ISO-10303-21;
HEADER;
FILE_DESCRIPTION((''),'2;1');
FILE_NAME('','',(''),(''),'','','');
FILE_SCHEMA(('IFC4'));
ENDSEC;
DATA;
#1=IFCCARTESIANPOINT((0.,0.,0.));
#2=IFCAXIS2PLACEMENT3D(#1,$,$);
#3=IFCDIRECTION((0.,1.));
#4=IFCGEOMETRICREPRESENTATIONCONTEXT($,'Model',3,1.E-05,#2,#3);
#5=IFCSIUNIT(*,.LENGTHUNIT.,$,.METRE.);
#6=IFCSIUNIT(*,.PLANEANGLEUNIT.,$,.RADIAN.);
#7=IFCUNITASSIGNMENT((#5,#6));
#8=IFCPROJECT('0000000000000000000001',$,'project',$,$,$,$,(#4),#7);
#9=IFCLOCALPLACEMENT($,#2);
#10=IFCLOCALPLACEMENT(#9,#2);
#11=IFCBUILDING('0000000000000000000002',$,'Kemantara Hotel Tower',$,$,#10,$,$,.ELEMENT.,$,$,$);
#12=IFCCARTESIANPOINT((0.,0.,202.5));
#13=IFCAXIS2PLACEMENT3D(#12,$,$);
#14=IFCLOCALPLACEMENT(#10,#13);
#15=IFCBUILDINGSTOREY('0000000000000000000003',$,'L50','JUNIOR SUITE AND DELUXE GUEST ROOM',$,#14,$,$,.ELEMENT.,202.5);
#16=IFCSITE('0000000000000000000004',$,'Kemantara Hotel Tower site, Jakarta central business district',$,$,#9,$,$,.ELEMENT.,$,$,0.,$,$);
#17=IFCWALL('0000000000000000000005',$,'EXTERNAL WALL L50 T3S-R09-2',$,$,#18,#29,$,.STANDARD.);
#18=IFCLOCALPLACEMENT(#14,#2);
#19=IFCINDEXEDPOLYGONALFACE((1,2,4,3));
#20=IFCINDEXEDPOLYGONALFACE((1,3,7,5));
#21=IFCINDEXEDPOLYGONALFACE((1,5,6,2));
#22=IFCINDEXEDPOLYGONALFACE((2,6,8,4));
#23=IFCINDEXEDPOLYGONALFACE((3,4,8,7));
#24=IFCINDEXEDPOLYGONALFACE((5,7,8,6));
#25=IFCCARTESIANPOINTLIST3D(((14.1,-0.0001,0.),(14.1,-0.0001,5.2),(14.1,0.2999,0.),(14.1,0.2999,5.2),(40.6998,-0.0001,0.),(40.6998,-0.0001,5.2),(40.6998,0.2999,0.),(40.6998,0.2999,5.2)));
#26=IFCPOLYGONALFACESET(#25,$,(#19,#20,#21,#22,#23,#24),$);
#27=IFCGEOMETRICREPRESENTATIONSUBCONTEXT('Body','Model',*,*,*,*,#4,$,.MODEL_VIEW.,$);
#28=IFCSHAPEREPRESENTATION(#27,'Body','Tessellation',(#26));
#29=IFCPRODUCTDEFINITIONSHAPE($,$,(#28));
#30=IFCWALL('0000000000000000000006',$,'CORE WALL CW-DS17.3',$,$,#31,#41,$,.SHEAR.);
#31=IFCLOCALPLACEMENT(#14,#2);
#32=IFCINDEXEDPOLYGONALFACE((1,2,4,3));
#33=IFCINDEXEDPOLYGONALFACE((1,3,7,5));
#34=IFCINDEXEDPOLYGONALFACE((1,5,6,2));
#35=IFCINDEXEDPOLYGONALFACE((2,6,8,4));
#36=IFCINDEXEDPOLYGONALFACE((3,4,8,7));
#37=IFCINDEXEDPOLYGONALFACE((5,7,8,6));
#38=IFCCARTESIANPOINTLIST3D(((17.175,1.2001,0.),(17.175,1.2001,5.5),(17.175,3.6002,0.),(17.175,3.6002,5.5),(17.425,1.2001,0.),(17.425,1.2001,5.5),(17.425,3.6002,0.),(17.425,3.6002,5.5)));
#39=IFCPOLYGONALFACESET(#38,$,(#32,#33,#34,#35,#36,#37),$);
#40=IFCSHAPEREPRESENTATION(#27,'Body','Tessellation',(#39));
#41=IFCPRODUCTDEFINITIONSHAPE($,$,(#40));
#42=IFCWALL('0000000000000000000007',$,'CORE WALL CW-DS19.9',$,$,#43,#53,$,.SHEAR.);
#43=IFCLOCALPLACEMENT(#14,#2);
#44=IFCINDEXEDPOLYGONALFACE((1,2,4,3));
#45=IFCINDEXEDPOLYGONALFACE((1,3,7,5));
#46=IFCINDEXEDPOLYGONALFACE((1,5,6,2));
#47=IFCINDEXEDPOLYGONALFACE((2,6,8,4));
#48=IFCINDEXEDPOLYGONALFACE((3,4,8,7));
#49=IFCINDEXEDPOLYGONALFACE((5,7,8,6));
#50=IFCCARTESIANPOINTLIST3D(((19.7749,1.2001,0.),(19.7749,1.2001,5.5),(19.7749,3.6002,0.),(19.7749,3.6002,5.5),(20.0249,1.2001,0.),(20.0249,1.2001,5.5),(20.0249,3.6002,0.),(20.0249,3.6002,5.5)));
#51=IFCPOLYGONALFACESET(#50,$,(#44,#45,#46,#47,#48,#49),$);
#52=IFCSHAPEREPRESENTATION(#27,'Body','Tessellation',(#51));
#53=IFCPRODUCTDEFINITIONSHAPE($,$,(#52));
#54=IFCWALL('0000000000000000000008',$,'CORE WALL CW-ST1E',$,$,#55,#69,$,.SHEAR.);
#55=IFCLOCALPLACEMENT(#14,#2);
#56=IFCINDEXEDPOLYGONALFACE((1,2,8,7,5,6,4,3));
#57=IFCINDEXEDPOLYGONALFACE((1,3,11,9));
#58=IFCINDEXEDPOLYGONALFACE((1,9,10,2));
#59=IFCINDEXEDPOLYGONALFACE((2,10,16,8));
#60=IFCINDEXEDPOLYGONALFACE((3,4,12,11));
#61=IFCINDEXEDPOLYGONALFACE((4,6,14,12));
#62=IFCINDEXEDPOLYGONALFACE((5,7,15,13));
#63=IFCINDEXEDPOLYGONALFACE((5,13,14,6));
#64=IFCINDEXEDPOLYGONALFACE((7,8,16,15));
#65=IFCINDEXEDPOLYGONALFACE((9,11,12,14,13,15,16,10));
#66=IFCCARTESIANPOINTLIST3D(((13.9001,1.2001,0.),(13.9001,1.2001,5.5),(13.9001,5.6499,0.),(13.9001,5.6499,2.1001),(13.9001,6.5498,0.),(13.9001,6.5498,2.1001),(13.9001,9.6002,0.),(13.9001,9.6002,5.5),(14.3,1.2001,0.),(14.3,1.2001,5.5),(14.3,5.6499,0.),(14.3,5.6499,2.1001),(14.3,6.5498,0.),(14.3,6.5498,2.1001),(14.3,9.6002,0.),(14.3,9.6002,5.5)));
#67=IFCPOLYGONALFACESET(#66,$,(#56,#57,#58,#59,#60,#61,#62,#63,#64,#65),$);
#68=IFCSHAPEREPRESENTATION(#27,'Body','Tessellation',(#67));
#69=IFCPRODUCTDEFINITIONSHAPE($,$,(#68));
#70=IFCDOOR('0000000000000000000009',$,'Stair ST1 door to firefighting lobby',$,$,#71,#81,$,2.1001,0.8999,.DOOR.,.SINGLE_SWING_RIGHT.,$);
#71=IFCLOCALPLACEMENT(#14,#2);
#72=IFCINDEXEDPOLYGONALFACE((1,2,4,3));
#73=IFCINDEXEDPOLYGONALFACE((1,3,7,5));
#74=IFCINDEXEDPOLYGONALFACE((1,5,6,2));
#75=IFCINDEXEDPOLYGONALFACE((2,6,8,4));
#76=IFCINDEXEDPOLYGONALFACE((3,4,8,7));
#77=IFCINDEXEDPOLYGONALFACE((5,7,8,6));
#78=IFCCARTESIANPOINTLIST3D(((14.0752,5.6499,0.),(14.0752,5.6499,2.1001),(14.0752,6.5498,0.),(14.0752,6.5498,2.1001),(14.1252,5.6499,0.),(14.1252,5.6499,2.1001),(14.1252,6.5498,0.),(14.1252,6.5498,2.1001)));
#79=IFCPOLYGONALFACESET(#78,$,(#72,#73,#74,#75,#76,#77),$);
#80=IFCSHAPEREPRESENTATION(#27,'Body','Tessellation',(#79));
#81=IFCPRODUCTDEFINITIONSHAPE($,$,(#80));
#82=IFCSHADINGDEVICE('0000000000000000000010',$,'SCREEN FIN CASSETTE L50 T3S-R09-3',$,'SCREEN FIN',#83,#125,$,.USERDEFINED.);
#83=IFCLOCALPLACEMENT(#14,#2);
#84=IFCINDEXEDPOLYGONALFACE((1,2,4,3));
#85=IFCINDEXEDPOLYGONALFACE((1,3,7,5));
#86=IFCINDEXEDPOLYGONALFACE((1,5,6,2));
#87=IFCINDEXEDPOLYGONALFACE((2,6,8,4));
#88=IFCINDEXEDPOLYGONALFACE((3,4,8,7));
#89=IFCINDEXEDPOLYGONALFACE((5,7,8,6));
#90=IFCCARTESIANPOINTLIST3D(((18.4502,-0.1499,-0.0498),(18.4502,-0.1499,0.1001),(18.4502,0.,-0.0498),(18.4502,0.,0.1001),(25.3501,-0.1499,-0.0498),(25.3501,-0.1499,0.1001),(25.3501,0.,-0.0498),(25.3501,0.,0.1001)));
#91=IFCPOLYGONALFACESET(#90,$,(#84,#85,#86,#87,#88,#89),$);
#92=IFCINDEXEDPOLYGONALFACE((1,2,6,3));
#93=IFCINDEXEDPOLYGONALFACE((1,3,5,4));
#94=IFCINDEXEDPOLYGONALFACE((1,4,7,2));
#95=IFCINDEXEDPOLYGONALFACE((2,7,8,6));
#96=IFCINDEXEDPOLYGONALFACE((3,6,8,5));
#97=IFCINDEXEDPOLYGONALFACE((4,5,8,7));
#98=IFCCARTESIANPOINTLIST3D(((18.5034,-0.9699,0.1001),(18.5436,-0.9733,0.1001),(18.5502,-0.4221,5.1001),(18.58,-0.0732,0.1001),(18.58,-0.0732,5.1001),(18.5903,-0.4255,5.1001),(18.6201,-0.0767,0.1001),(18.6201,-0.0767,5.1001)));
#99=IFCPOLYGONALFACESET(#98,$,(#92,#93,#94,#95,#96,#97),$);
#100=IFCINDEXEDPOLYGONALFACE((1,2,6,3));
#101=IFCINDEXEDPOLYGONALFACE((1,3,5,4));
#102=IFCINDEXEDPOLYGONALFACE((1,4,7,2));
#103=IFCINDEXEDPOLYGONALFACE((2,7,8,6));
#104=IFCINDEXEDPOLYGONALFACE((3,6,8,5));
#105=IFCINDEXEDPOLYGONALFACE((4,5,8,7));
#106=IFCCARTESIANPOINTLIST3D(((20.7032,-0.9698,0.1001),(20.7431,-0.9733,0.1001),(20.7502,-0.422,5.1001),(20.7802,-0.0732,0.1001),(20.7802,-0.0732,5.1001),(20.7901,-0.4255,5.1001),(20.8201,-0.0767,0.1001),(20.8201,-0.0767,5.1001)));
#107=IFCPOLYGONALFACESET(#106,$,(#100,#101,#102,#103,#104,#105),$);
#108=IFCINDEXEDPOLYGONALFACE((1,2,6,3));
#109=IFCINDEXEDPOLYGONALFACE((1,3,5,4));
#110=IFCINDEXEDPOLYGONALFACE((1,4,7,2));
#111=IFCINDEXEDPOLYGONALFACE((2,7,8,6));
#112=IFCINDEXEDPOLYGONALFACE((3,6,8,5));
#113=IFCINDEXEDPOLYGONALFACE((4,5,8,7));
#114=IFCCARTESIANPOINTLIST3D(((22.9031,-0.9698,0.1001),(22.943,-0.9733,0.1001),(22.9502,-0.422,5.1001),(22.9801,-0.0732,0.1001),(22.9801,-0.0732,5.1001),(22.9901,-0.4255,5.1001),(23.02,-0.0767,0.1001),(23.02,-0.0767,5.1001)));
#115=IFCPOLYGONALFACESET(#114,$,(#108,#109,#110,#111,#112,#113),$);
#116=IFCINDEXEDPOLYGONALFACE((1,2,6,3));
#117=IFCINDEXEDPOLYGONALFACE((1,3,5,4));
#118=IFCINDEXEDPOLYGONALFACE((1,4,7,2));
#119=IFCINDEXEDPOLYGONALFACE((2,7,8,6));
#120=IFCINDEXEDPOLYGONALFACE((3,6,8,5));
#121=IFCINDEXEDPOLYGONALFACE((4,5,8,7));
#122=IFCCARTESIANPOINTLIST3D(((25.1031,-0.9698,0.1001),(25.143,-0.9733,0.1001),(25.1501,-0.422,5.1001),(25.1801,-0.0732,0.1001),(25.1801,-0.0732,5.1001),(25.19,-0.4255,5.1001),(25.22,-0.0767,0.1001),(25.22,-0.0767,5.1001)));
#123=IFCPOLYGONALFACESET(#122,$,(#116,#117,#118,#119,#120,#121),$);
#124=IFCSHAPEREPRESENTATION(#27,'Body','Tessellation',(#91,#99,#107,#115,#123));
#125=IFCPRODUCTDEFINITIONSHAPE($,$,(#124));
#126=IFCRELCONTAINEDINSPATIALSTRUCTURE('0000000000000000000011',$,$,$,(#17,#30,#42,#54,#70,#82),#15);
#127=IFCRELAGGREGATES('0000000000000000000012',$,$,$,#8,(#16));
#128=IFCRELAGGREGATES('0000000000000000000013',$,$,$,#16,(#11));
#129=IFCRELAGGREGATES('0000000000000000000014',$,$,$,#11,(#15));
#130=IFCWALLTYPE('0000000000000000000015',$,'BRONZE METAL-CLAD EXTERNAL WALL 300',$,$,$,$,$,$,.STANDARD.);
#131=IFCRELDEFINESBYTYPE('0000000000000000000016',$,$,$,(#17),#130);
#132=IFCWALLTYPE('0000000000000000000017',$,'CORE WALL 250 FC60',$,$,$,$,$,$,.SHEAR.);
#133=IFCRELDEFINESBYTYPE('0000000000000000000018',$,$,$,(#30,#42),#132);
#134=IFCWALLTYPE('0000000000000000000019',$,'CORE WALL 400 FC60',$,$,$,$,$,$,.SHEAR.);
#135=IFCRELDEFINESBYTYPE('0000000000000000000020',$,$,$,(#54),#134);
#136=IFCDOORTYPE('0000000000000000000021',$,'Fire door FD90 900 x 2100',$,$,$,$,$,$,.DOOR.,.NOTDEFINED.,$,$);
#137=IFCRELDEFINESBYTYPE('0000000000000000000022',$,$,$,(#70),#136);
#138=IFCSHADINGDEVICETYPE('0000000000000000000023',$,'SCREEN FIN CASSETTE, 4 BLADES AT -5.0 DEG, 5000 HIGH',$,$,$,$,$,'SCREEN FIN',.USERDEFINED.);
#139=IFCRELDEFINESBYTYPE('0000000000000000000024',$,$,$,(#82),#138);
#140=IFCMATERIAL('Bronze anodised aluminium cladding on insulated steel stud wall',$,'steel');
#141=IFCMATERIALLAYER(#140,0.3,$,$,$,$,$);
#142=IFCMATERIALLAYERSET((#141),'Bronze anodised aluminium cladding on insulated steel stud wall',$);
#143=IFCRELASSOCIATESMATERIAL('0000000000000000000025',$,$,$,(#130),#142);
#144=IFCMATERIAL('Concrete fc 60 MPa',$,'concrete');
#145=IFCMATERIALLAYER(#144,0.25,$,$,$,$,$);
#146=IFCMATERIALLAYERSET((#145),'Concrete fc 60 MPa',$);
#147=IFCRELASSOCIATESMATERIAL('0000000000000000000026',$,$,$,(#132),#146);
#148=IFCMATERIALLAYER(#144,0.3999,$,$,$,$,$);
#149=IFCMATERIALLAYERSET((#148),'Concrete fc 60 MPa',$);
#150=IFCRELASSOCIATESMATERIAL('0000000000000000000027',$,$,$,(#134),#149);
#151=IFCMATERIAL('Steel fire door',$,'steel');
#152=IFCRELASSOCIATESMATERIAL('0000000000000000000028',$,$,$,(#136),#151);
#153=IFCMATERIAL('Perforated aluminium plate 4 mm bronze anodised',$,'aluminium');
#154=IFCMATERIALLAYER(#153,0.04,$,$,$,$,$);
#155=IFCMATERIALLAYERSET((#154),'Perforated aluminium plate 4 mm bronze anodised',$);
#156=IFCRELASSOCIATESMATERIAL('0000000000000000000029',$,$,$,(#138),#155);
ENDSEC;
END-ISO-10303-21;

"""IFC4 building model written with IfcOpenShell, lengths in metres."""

from ifc_helpers import new_model, si_unit, direction, frame, frame_2d, origin, origin_2d, place, context, subcontext, project, spatial, polyline, rectangle, outline, extrude, source, transform, mapped, material, layer, layer_set, type_object, element, fill, save


model = new_model("IFC4")

# Units and contexts
model_context = context("Model", 3, precision=1e-05, world=origin(), true_north=direction((0.0, 1.0)))
body_context = subcontext(model_context, "Body", "Model", "MODEL_VIEW")
ifc_project = project(units=[si_unit("LENGTHUNIT", "METRE"), si_unit("PLANEANGLEUNIT", "RADIAN")], contexts=[model_context])

# Site, building, storey
site_placement = place(None, origin())
site = spatial("IfcSite", under=ifc_project, at=site_placement, Name="Kemantara Hotel Tower site, Jakarta central business district", CompositionType="ELEMENT", RefElevation=0.0)
building_placement = place(site_placement, origin())
building = spatial("IfcBuilding", under=site, at=building_placement, Name="Kemantara Hotel Tower", CompositionType="ELEMENT")
storey_placement = place(building_placement, frame((0.0, 0.0, 202.5)))
storey = spatial("IfcBuildingStorey", under=building, at=storey_placement, Name="L50", Description="JUNIOR SUITE AND DELUXE GUEST ROOM", CompositionType="ELEMENT", Elevation=202.5)

# Walls
ifc_material_1 = material(Name="Bronze anodised aluminium cladding on insulated steel stud wall", Category="steel")
ifc_layer_1 = layer(ifc_material_1, 0.3)
ifc_layer_set_1 = layer_set([ifc_layer_1], Name="Bronze anodised aluminium cladding on insulated steel stud wall")
wall_type_1 = type_object("IfcWallType", Name="BRONZE METAL-CLAD EXTERNAL WALL 300", PredefinedType="STANDARD", material=ifc_layer_set_1)
wall_1_placement = place(storey_placement, frame((14.1001, 0.1499, 0.0), z_axis=(0.0, 0.0, 1.0), x_axis=(1.0, 0.0, 0.0)))
element("IfcWall", 1, at=wall_1_placement, inside=storey, type_object=wall_type_1, Name="EXTERNAL WALL L50 T3S-R09-2", PredefinedType="STANDARD", context=body_context, shape_type="SweptSolid", body=[
    extrude(rectangle(XDim=26.5999, YDim=0.3, at=frame_2d((13.2998, 0.0))), origin(), (0.0, 0.0, 1.0), 5.2),
])
ifc_material_2 = material(Name="Concrete fc 60 MPa", Category="concrete")
ifc_layer_2 = layer(ifc_material_2, 0.25)
ifc_layer_set_2 = layer_set([ifc_layer_2], Name="Concrete fc 60 MPa")
wall_type_2 = type_object("IfcWallType", Name="CORE WALL 250 FC60", PredefinedType="SHEAR", material=ifc_layer_set_2)
for number, where, z_axis, x_axis, name in (
    (2, (17.3, 1.2, 0.0), (0.0, 0.0, 1.0), (0.0, 1.0, 0.0), "CORE WALL CW-DS17.3"),
    (3, (19.8999, 1.2, 0.0), (0.0, 0.0, 1.0), (0.0, 1.0, 0.0), "CORE WALL CW-DS19.9"),
):
    element("IfcWall", number, at=place(storey_placement, frame(where, z_axis=z_axis, x_axis=x_axis)), inside=storey, type_object=wall_type_2, Name=name, PredefinedType="SHEAR", context=body_context, shape_type="SweptSolid", body=[
        extrude(rectangle(XDim=2.4001, YDim=0.25, at=frame_2d((1.2002, 0.0))), origin(), (0.0, 0.0, 1.0), 5.5),
    ])

# Wall, opening, door
ifc_layer_3 = layer(ifc_material_2, 0.3999)
ifc_layer_set_3 = layer_set([ifc_layer_3], Name="Concrete fc 60 MPa")
wall_type_3 = type_object("IfcWallType", Name="CORE WALL 400 FC60", PredefinedType="SHEAR", material=ifc_layer_set_3)
wall_2_placement = place(storey_placement, frame((14.1001, 1.2, 0.0), z_axis=(0.0, 0.0, 1.0), x_axis=(0.0, 1.0, 0.0)))
wall_2 = element("IfcWall", 4, at=wall_2_placement, inside=storey, type_object=wall_type_3, Name="CORE WALL CW-ST1E", PredefinedType="SHEAR", context=body_context, shape_type="SweptSolid", body=[
    extrude(rectangle(XDim=8.4001, YDim=0.3999, at=frame_2d((4.2002, 0.0))), origin(), (0.0, 0.0, 1.0), 5.5),
])
opening_placement = place(wall_2_placement, frame((4.45, 0.0, 0.0)))
opening = element("IfcOpeningElement", 5, at=opening_placement, cuts=wall_2, PredefinedType="OPENING", context=body_context, shape_type="SweptSolid", body=[
    extrude(rectangle(XDim=0.8999, YDim=2.1001, at=frame_2d((0.45, 1.05))), frame((0.0, 0.21, 0.0), z_axis=(0.0, -1.0, 0.0), x_axis=(1.0, 0.0, 0.0)), (0.0, 0.0, 1.0), 0.4199),
])
ifc_material_3 = material(Name="Steel fire door", Category="steel")
door_type = type_object("IfcDoorType", Name="Fire door FD90 900 x 2100", OperationType="NOTDEFINED", PredefinedType="DOOR", material=ifc_material_3)
door_placement = place(opening_placement, origin())
door = element("IfcDoor", 6, at=door_placement, inside=storey, type_object=door_type, Name="Stair ST1 door to firefighting lobby", OperationType="SINGLE_SWING_RIGHT", OverallHeight=2.1001, OverallWidth=0.8999, PredefinedType="DOOR", context=body_context, shape_type="SweptSolid", body=[
    extrude(rectangle(XDim=0.8999, YDim=2.1001, at=frame_2d((0.45, 1.05))), frame((0.0, 0.0249, 0.0), z_axis=(0.0, -1.0, 0.0), x_axis=(1.0, 0.0, 0.0)), (0.0, 0.0, 1.0), 0.05),
])
fill(opening, door)

# Shading device
ifc_material_4 = material(Name="Perforated aluminium plate 4 mm bronze anodised", Category="aluminium")
ifc_layer_4 = layer(ifc_material_4, 0.04)
ifc_layer_set_4 = layer_set([ifc_layer_4], Name="Perforated aluminium plate 4 mm bronze anodised")
shading_device_type = type_object("IfcShadingDeviceType", Name="SCREEN FIN CASSETTE, 4 BLADES AT -5.0 DEG, 5000 HIGH", ElementType="SCREEN FIN", PredefinedType="USERDEFINED", material=ifc_layer_set_4)
shared_shape = source(origin(), body_context, "Body", "SweptSolid", [
    extrude(rectangle(XDim=6.8999, YDim=0.1499, at=origin_2d()), frame((3.3, -0.075, -0.1499), z_axis=(0.0, 0.0, 1.0), x_axis=(1.0, 0.0, 0.0)), (0.0, 0.0, 1.0), 0.1499),
    extrude(outline(polyline([(0.0, 0.0), (0.8999, 0.0), (0.3501, 5.0), (0.0, 5.0), (0.0, 0.0)])), frame((0.02, -0.0767, 0.0), z_axis=(-0.996376, 0.085056, 0.0), x_axis=(-0.085056, -0.996376, 0.0)), (0.0, 0.0, 1.0), 0.0403),
    extrude(outline(polyline([(0.0, 0.0), (0.8999, 0.0), (0.3501, 5.0), (0.0, 5.0), (0.0, 0.0)])), frame((2.22, -0.0767, 0.0), z_axis=(-0.996332, 0.085575, 0.0), x_axis=(-0.085575, -0.996332, 0.0)), (0.0, 0.0, 1.0), 0.04),
    extrude(outline(polyline([(0.0, 0.0), (0.8999, 0.0), (0.3501, 5.0), (0.0, 5.0), (0.0, 0.0)])), frame((4.4199, -0.0767, 0.0), z_axis=(-0.996332, 0.085575, 0.0), x_axis=(-0.085575, -0.996332, 0.0)), (0.0, 0.0, 1.0), 0.04),
    extrude(outline(polyline([(0.0, 0.0), (0.8999, 0.0), (0.3501, 5.0), (0.0, 5.0), (0.0, 0.0)])), frame((6.6199, -0.0767, 0.0), z_axis=(-0.996332, 0.085575, 0.0), x_axis=(-0.085575, -0.996332, 0.0)), (0.0, 0.0, 1.0), 0.04),
])
shading_device_placement = place(storey_placement, frame((18.6001, 0.0, 0.1001), z_axis=(0.0, 0.0, 1.0), x_axis=(1.0, 0.0, 0.0)))
element("IfcShadingDevice", 7, at=shading_device_placement, inside=storey, type_object=shading_device_type, Name="SCREEN FIN CASSETTE L50 T3S-R09-3", ObjectType="SCREEN FIN", PredefinedType="USERDEFINED", context=body_context, shape_type="MappedRepresentation", body=[
    mapped(shared_shape, transform((0.0, 0.0, 0.0))),
])

save(model, "model.ifc")
